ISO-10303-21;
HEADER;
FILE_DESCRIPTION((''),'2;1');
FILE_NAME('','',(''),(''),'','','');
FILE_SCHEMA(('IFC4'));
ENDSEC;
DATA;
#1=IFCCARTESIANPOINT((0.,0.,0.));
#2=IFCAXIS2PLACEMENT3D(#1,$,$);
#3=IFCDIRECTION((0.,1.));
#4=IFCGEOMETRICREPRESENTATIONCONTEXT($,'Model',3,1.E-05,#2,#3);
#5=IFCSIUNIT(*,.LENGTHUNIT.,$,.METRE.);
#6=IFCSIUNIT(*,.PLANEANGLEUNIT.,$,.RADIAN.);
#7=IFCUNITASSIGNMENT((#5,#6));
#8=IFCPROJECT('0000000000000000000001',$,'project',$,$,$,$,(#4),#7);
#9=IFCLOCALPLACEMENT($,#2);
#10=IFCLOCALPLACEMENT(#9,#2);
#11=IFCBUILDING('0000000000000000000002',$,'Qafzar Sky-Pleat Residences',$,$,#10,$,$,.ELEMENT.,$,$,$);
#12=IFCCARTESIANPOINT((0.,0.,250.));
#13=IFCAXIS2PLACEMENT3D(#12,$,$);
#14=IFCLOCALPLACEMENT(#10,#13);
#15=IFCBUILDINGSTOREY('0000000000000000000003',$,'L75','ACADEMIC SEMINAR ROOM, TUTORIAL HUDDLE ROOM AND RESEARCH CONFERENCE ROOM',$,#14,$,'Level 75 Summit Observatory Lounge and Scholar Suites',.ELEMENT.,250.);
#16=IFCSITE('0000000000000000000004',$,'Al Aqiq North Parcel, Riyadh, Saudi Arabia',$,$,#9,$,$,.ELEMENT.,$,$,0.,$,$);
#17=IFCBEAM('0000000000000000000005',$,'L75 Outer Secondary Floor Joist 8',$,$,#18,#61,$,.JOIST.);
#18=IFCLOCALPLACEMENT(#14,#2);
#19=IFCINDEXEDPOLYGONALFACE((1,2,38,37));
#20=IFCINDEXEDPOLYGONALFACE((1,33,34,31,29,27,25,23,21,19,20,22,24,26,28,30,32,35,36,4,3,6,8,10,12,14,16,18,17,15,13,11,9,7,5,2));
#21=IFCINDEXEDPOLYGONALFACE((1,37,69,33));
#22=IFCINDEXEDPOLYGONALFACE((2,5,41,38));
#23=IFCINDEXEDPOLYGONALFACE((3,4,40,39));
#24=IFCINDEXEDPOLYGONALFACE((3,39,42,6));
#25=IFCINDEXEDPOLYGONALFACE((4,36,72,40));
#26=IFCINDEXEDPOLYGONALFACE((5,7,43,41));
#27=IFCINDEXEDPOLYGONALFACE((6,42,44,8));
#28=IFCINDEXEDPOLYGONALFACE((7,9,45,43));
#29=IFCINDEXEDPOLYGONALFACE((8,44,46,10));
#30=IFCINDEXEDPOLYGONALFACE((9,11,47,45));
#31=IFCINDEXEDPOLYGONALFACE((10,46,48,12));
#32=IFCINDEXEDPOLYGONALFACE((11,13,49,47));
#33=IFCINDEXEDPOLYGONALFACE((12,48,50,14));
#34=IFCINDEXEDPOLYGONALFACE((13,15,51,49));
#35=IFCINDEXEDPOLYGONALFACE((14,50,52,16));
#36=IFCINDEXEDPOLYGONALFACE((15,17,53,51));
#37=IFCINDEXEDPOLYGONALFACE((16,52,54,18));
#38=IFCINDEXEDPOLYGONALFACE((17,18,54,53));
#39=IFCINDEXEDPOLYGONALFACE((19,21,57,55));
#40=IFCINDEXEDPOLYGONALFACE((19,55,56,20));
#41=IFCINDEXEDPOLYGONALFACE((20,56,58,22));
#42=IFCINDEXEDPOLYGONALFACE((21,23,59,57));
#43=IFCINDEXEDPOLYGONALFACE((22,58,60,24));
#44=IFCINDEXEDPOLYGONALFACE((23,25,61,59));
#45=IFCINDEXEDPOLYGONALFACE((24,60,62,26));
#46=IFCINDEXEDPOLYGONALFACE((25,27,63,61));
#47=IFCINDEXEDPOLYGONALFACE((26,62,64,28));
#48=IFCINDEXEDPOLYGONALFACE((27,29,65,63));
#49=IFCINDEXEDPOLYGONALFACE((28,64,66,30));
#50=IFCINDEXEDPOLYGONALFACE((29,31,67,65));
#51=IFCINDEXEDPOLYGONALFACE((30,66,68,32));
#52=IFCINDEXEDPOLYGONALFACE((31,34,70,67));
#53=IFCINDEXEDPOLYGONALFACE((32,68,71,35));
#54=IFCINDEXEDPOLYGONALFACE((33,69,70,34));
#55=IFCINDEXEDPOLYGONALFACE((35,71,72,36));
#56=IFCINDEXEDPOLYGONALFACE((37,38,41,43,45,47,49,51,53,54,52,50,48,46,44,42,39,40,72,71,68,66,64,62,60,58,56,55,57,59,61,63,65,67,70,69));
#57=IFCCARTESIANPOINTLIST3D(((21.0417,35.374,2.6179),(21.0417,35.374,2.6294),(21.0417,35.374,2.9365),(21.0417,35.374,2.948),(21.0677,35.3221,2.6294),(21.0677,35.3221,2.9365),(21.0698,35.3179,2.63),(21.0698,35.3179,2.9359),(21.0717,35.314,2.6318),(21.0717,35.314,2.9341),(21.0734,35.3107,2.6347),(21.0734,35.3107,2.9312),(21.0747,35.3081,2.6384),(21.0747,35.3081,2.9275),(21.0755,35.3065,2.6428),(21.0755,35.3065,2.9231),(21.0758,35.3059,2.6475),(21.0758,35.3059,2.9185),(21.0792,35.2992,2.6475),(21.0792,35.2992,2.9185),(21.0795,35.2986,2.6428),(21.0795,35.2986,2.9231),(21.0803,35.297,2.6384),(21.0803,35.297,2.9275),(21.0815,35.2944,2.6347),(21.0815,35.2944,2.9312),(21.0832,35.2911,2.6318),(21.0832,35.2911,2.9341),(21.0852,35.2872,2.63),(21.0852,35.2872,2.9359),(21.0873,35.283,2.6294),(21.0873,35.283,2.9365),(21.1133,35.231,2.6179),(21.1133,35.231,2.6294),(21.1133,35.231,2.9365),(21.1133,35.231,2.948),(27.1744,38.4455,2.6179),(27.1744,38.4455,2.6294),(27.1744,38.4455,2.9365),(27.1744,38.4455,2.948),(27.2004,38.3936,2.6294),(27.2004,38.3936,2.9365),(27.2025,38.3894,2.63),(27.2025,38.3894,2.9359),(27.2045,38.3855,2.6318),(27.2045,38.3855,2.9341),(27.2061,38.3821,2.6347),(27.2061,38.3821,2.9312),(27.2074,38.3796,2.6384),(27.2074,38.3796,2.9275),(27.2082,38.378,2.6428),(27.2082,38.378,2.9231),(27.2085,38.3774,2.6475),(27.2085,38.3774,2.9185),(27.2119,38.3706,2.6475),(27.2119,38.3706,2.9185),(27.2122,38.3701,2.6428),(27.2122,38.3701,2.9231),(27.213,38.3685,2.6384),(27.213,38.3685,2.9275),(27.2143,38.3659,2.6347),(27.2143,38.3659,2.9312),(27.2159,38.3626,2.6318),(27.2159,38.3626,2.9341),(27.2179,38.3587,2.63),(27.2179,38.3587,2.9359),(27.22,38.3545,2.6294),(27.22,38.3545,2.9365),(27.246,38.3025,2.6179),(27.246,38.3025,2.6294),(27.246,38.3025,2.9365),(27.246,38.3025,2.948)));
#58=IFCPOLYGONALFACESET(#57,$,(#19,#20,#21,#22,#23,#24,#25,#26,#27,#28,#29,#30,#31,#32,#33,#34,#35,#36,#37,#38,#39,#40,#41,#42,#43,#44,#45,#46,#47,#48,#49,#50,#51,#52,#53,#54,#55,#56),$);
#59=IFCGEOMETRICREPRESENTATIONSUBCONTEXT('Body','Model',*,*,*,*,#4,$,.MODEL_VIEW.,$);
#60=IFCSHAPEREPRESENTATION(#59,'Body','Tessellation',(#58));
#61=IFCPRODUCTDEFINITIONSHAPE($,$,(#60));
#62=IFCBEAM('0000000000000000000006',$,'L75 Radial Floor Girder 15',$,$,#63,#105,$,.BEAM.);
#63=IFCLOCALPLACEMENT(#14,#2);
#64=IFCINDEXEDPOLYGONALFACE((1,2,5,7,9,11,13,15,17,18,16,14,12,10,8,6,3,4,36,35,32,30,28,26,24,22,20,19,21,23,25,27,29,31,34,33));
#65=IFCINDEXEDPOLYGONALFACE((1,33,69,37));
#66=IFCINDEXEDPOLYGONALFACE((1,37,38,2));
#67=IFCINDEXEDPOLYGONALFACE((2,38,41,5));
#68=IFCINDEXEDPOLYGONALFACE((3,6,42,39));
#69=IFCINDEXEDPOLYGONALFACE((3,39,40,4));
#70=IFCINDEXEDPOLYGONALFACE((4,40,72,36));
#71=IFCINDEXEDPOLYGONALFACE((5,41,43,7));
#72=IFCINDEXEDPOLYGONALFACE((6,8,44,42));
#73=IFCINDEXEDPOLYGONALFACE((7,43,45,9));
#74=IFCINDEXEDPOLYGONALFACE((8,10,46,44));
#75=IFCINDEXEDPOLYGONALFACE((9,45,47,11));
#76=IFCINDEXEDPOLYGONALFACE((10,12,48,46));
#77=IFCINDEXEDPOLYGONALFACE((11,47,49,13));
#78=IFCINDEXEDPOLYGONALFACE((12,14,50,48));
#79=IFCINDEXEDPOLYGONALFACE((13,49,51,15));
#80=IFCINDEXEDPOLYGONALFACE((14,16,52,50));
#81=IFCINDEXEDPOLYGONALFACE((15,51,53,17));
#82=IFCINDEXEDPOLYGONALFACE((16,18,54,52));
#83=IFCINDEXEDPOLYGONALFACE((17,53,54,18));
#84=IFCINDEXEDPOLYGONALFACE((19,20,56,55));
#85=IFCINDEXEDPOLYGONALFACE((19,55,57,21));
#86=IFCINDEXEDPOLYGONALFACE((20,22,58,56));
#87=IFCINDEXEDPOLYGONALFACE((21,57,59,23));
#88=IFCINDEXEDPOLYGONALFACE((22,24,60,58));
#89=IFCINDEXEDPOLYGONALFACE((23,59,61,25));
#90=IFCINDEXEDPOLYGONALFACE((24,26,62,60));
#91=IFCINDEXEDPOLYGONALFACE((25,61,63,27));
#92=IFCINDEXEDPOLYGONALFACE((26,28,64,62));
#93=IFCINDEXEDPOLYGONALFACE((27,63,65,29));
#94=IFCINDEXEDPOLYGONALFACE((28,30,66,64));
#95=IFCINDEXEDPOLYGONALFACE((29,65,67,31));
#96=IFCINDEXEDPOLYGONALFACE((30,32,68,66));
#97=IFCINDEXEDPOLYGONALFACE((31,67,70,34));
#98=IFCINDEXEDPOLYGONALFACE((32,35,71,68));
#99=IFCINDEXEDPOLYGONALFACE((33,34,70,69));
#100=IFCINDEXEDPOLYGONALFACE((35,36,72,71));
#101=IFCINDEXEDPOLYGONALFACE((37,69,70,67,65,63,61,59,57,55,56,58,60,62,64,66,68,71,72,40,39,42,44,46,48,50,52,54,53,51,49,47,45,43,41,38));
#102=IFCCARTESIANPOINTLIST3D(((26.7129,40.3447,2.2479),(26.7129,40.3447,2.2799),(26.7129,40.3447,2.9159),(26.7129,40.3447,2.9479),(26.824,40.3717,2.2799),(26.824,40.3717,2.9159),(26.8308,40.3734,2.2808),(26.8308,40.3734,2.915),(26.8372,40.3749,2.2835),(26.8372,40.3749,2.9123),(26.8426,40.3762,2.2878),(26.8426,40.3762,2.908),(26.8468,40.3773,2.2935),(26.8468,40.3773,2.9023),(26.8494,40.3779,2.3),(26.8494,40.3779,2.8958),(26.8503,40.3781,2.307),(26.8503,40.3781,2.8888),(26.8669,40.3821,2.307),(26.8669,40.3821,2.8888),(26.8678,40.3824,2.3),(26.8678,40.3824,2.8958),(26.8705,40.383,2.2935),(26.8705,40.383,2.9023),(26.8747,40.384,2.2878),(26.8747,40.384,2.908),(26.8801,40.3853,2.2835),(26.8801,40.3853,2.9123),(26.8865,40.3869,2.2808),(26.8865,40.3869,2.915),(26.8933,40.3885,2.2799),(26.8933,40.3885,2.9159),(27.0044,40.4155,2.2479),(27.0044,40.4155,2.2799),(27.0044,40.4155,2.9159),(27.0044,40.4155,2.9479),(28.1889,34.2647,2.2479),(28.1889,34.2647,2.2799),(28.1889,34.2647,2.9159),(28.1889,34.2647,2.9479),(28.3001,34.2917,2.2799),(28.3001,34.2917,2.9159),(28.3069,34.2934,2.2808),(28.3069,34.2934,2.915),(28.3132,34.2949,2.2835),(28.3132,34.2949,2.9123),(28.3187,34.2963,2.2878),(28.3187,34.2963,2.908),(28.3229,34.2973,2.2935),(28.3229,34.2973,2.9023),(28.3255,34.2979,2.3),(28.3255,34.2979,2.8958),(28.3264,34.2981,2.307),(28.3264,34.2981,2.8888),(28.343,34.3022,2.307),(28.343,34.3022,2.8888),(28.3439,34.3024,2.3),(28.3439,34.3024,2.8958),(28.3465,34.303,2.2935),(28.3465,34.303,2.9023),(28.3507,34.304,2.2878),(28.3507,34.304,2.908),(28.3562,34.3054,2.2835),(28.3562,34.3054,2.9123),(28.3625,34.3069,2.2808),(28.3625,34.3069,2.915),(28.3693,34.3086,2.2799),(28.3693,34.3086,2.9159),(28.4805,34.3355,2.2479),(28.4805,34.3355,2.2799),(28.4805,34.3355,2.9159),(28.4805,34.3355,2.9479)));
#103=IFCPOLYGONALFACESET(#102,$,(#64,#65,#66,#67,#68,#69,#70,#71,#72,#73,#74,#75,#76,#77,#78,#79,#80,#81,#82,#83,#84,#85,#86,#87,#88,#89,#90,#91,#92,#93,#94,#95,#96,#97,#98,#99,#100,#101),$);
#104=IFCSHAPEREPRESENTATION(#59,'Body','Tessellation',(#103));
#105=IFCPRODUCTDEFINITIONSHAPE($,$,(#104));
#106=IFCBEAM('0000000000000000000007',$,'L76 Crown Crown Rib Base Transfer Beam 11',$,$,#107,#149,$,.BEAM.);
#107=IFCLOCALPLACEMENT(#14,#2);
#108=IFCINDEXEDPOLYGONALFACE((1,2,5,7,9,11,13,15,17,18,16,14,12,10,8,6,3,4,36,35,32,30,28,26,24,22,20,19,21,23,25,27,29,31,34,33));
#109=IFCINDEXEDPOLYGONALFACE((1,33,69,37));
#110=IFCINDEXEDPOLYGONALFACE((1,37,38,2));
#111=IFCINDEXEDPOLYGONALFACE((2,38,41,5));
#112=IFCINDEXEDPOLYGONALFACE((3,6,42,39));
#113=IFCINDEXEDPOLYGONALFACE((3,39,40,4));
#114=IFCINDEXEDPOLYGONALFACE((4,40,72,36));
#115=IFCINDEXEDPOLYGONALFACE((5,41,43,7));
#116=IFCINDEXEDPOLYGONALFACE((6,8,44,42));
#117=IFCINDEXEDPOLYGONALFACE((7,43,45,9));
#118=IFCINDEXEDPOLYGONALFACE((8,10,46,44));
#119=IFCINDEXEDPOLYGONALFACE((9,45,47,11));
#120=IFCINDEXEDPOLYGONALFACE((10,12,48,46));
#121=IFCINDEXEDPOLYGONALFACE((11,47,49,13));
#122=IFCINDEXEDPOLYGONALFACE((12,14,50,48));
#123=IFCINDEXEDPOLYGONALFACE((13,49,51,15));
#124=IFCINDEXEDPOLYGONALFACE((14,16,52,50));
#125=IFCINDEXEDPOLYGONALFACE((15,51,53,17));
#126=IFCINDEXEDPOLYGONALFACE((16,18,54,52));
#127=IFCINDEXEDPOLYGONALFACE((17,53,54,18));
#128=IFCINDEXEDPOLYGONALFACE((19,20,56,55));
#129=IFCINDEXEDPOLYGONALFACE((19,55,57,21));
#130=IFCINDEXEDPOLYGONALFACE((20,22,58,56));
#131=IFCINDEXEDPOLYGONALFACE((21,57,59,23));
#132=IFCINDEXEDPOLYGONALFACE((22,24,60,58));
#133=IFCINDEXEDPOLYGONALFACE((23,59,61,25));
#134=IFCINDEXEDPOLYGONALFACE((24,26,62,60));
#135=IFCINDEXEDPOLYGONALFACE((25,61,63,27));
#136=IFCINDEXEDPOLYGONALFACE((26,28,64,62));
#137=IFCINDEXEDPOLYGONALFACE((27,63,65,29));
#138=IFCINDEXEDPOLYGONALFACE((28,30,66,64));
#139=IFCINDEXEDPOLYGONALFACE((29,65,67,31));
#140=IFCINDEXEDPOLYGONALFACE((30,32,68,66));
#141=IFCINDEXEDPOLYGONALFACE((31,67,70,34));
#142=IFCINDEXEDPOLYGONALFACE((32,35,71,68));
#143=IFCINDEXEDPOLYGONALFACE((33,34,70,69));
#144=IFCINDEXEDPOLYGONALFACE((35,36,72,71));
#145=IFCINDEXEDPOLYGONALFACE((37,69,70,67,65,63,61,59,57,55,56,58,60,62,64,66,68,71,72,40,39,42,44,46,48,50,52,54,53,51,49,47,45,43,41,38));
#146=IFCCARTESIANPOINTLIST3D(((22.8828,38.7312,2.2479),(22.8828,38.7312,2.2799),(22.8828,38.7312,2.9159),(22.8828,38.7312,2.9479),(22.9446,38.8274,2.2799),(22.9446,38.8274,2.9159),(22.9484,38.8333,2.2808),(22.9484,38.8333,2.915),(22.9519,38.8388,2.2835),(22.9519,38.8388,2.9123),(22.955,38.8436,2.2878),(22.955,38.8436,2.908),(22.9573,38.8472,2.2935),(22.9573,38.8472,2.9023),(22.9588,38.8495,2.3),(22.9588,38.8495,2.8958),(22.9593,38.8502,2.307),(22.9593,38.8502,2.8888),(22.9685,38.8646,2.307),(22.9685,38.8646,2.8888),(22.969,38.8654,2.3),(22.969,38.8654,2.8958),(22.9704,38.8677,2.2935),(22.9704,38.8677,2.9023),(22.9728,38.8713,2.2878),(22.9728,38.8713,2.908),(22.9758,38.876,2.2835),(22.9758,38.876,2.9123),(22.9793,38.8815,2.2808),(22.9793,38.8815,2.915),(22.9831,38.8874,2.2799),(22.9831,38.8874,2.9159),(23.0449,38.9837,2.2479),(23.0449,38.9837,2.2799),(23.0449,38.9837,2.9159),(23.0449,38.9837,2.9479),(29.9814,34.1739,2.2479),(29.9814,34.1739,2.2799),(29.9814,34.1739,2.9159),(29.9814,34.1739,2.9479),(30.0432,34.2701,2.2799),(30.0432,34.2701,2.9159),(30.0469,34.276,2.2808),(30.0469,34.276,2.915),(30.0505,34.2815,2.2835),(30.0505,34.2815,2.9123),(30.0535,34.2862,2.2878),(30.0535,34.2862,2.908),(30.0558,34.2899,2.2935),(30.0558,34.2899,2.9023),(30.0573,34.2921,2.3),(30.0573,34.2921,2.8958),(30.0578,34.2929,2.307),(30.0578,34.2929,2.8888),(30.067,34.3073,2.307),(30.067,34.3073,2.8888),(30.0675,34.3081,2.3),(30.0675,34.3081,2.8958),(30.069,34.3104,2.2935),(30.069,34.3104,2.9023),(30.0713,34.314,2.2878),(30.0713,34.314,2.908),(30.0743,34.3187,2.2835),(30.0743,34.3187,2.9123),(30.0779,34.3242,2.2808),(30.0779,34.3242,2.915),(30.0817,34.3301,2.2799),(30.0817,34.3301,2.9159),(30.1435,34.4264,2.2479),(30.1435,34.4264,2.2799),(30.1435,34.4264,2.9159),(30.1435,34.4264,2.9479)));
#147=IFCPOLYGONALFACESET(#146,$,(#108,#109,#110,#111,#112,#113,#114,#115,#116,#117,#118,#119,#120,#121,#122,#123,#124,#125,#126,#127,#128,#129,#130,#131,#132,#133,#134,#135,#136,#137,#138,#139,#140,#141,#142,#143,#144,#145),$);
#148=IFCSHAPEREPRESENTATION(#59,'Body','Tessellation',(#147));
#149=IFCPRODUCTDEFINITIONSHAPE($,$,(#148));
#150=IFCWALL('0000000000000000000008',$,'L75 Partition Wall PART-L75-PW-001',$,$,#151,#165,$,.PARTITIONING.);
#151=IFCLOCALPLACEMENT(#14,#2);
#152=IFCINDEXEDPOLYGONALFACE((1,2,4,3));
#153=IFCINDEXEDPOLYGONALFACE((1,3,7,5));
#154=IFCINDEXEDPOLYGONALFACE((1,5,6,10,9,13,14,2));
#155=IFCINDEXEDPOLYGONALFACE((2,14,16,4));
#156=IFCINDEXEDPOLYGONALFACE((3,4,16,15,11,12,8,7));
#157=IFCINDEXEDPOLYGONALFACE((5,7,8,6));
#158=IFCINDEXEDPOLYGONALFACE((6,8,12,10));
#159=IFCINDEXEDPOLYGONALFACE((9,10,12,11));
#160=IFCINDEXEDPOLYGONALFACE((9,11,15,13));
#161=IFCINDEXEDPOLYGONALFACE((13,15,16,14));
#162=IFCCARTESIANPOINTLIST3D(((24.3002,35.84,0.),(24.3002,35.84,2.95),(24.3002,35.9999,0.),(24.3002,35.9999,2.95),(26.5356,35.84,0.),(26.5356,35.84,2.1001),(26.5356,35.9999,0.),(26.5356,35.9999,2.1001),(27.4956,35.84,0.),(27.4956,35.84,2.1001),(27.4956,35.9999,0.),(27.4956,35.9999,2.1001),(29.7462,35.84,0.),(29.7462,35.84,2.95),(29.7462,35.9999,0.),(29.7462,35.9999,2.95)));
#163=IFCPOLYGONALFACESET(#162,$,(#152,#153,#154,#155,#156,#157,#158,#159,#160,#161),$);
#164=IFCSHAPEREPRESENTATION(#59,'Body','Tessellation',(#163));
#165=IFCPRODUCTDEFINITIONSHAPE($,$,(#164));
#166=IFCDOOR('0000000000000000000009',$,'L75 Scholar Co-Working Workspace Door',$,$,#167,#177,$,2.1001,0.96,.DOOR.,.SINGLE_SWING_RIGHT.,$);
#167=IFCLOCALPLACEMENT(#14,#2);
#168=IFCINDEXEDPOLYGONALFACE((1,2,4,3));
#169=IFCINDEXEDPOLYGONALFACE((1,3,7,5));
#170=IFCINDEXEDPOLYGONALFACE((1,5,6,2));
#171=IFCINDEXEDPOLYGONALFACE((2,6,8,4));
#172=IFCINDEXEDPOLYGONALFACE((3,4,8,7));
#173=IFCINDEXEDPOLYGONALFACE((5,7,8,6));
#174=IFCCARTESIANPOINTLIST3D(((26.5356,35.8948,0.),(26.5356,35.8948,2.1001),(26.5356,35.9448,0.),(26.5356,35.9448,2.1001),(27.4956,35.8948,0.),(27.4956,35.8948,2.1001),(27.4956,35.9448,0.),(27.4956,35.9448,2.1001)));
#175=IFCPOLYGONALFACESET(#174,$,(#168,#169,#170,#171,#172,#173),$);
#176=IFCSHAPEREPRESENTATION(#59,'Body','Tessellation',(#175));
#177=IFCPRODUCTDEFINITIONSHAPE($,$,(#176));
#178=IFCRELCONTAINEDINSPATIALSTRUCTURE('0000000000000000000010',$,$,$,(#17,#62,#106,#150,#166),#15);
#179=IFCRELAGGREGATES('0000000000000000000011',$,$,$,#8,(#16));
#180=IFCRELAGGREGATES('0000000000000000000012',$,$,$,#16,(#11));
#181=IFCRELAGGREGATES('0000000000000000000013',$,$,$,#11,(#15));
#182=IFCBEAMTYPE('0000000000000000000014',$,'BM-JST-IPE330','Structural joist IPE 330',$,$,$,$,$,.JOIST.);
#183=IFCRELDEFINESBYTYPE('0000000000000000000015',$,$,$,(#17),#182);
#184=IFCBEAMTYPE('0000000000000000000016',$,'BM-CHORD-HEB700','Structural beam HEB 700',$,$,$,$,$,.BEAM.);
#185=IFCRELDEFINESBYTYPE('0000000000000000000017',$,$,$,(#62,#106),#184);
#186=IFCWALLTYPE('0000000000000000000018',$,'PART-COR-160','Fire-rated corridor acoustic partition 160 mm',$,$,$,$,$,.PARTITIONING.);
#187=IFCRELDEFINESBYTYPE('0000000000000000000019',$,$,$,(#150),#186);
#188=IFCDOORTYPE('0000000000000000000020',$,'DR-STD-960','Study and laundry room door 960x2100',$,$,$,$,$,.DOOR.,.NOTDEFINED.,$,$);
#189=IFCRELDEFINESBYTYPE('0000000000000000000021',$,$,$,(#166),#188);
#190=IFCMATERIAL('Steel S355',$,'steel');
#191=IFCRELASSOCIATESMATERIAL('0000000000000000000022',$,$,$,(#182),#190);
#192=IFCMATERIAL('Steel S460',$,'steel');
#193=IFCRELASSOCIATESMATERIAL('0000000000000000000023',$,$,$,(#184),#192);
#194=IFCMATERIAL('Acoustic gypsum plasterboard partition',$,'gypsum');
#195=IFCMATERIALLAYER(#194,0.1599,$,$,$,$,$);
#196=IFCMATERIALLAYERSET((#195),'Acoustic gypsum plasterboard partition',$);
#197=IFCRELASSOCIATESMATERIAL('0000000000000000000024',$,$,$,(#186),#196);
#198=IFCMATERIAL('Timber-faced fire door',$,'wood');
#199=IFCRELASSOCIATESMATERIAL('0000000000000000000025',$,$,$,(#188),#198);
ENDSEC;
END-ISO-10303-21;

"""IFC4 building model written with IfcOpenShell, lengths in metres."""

from ifc_helpers import new_model, si_unit, direction, frame, frame_2d, origin, origin_2d, place, context, subcontext, project, spatial, rectangle, i_section, extrude, source, transform, mapped, material, layer, layer_set, material_profile, profile_set, type_object, element, fill, save


model = new_model("IFC4")

# Units and contexts
model_context = context("Model", 3, precision=1e-05, world=origin(), true_north=direction((0.0, 1.0)))
body_context = subcontext(model_context, "Body", "Model", "MODEL_VIEW")
ifc_project = project(units=[si_unit("LENGTHUNIT", "METRE"), si_unit("PLANEANGLEUNIT", "RADIAN")], contexts=[model_context])

# Site, building, storey
site_placement = place(None, origin())
site = spatial("IfcSite", under=ifc_project, at=site_placement, Name="Al Aqiq North Parcel, Riyadh, Saudi Arabia", CompositionType="ELEMENT", RefElevation=0.0)
building_placement = place(site_placement, origin())
building = spatial("IfcBuilding", under=site, at=building_placement, Name="Qafzar Sky-Pleat Residences", CompositionType="ELEMENT")
storey_placement = place(building_placement, frame((0.0, 0.0, 250.0)))
storey = spatial("IfcBuildingStorey", under=building, at=storey_placement, Name="L75", Description="ACADEMIC SEMINAR ROOM, TUTORIAL HUDDLE ROOM AND RESEARCH CONFERENCE ROOM", LongName="Level 75 Summit Observatory Lounge and Scholar Suites", CompositionType="ELEMENT", Elevation=250.0)

# Shared definitions
ifc_material_1 = material(Name="Steel S355", Category="steel")

# Beams
ifc_material_profile_1 = material_profile(ifc_material_1, i_section(OverallWidth=0.1599, OverallDepth=0.3301, WebThickness=0.0076, FlangeThickness=0.0115, FilletRadius=0.0181, at=origin_2d()), Name="IPE 330")
ifc_profile_set_1 = profile_set([ifc_material_profile_1], Name="Steel S355")
beam_type_1 = type_object("IfcBeamType", Name="BM-JST-IPE330", Description="Structural joist IPE 330", PredefinedType="JOIST", material=ifc_profile_set_1)
shared_shape_1 = source(origin(), body_context, "Body", "SweptSolid", [
    extrude(i_section(OverallWidth=0.1599, OverallDepth=0.3301, WebThickness=0.0076, FlangeThickness=0.0115, FilletRadius=0.0181, at=origin_2d()), origin(), (0.0, 0.0, 1.0), 6.8589),
])
beam_1_placement = place(storey_placement, frame((27.2102, 38.374, 2.783), z_axis=(-0.894128, -0.447811, 0.0), x_axis=(0.447811, -0.894128, 0.0)))
element("IfcBeam", 1, at=beam_1_placement, inside=storey, type_object=beam_type_1, Name="L75 Outer Secondary Floor Joist 8", PredefinedType="JOIST", context=body_context, shape_type="MappedRepresentation", body=[
    mapped(shared_shape_1, transform((0.0, 0.0, 0.0), x_axis=(1.0, 0.0, 0.0), y_axis=(0.0, 1.0, 0.0), z_axis=(0.0, 0.0, 1.0), scale=1.0)),
])
ifc_material_2 = material(Name="Steel S460", Category="steel")
ifc_material_profile_2 = material_profile(ifc_material_2, i_section(OverallWidth=0.3, OverallDepth=0.7, WebThickness=0.0171, FlangeThickness=0.032, FilletRadius=0.0271, at=origin_2d()), Name="HEB 700")
ifc_profile_set_2 = profile_set([ifc_material_profile_2], Name="Steel S460")
beam_type_2 = type_object("IfcBeamType", Name="BM-CHORD-HEB700", Description="Structural beam HEB 700", PredefinedType="BEAM", material=ifc_profile_set_2)
shared_shape_2 = source(origin(), body_context, "Body", "SweptSolid", [
    extrude(i_section(OverallWidth=0.3, OverallDepth=0.7, WebThickness=0.0171, FlangeThickness=0.032, FilletRadius=0.0271, at=origin_2d()), origin(), (0.0, 0.0, 1.0), 6.2566),
])
beam_2_placement = place(storey_placement, frame((26.8586, 40.3801, 2.5979), z_axis=(0.235919, -0.971773, 0.0), x_axis=(0.971773, 0.235919, 0.0)))
element("IfcBeam", 2, at=beam_2_placement, inside=storey, type_object=beam_type_2, Name="L75 Radial Floor Girder 15", PredefinedType="BEAM", context=body_context, shape_type="MappedRepresentation", body=[
    mapped(shared_shape_2, transform((0.0, 0.0, 0.0), x_axis=(1.0, 0.0, 0.0), y_axis=(0.0, 1.0, 0.0), z_axis=(0.0, 0.0, 1.0), scale=1.0)),
])
shared_shape_3 = source(origin(), body_context, "Body", "SweptSolid", [
    extrude(i_section(OverallWidth=0.3, OverallDepth=0.7, WebThickness=0.0171, FlangeThickness=0.032, FilletRadius=0.0271, at=origin_2d()), origin(), (0.0, 0.0, 1.0), 8.4355),
])
beam_3_placement = place(storey_placement, frame((22.9639, 38.8574, 2.5979), z_axis=(0.841504, -0.540251, 0.0), x_axis=(0.540251, 0.841504, 0.0)))
element("IfcBeam", 3, at=beam_3_placement, inside=storey, type_object=beam_type_2, Name="L76 Crown Crown Rib Base Transfer Beam 11", PredefinedType="BEAM", context=body_context, shape_type="MappedRepresentation", body=[
    mapped(shared_shape_3, transform((0.0, 0.0, 0.0), x_axis=(1.0, 0.0, 0.0), y_axis=(0.0, 1.0, 0.0), z_axis=(0.0, 0.0, 1.0), scale=1.0)),
])

# Wall, opening, door
ifc_material_3 = material(Name="Acoustic gypsum plasterboard partition", Category="gypsum")
ifc_layer_1 = layer(ifc_material_3, 0.1599)
ifc_layer_set_1 = layer_set([ifc_layer_1], Name="Acoustic gypsum plasterboard partition")
wall_type_1 = type_object("IfcWallType", Name="PART-COR-160", Description="Fire-rated corridor acoustic partition 160 mm", PredefinedType="PARTITIONING", material=ifc_layer_set_1)
wall_1_placement = place(storey_placement, frame((24.3, 35.9199, 0.0), z_axis=(0.0, 0.0, 1.0), x_axis=(1.0, 0.0, 0.0)))
wall_1 = element("IfcWall", 4, at=wall_1_placement, inside=storey, type_object=wall_type_1, Name="L75 Partition Wall PART-L75-PW-001", PredefinedType="PARTITIONING", context=body_context, shape_type="SweptSolid", body=[
    extrude(rectangle(XDim=5.446, YDim=0.1599, at=frame_2d((2.7231, 0.0))), origin(), (0.0, 0.0, 1.0), 2.95),
])
opening_1_placement = place(wall_1_placement, frame((2.2356, 0.0, 0.0)))
opening_1 = element("IfcOpeningElement", 5, at=opening_1_placement, cuts=wall_1, PredefinedType="OPENING", context=body_context, shape_type="SweptSolid", body=[
    extrude(rectangle(XDim=0.96, YDim=2.1001, at=frame_2d((0.48, 1.05))), frame((0.0, 0.0898, 0.0), z_axis=(0.0, -1.0, 0.0), x_axis=(1.0, 0.0, 0.0)), (0.0, 0.0, 1.0), 0.1799),
])
ifc_material_4 = material(Name="Timber-faced fire door", Category="wood")
door_type = type_object("IfcDoorType", Name="DR-STD-960", Description="Study and laundry room door 960x2100", OperationType="NOTDEFINED", PredefinedType="DOOR", material=ifc_material_4)
shared_shape_4 = source(origin(), body_context, "Body", "SweptSolid", [
    extrude(rectangle(XDim=0.96, YDim=2.1001, at=frame_2d((0.48, 1.05))), frame((0.0, 0.0249, 0.0), z_axis=(0.0, -1.0, 0.0), x_axis=(1.0, 0.0, 0.0)), (0.0, 0.0, 1.0), 0.05),
])
door_placement = place(opening_1_placement, origin())
door = element("IfcDoor", 6, at=door_placement, inside=storey, type_object=door_type, Name="L75 Scholar Co-Working Workspace Door", OperationType="SINGLE_SWING_RIGHT", OverallHeight=2.1001, OverallWidth=0.96, PredefinedType="DOOR", context=body_context, shape_type="MappedRepresentation", body=[
    mapped(shared_shape_4, transform((0.0, 0.0, 0.0), x_axis=(1.0, 0.0, 0.0), y_axis=(0.0, 1.0, 0.0), z_axis=(0.0, 0.0, 1.0), scale=1.0)),
])
fill(opening_1, door)

save(model, "model.ifc")
